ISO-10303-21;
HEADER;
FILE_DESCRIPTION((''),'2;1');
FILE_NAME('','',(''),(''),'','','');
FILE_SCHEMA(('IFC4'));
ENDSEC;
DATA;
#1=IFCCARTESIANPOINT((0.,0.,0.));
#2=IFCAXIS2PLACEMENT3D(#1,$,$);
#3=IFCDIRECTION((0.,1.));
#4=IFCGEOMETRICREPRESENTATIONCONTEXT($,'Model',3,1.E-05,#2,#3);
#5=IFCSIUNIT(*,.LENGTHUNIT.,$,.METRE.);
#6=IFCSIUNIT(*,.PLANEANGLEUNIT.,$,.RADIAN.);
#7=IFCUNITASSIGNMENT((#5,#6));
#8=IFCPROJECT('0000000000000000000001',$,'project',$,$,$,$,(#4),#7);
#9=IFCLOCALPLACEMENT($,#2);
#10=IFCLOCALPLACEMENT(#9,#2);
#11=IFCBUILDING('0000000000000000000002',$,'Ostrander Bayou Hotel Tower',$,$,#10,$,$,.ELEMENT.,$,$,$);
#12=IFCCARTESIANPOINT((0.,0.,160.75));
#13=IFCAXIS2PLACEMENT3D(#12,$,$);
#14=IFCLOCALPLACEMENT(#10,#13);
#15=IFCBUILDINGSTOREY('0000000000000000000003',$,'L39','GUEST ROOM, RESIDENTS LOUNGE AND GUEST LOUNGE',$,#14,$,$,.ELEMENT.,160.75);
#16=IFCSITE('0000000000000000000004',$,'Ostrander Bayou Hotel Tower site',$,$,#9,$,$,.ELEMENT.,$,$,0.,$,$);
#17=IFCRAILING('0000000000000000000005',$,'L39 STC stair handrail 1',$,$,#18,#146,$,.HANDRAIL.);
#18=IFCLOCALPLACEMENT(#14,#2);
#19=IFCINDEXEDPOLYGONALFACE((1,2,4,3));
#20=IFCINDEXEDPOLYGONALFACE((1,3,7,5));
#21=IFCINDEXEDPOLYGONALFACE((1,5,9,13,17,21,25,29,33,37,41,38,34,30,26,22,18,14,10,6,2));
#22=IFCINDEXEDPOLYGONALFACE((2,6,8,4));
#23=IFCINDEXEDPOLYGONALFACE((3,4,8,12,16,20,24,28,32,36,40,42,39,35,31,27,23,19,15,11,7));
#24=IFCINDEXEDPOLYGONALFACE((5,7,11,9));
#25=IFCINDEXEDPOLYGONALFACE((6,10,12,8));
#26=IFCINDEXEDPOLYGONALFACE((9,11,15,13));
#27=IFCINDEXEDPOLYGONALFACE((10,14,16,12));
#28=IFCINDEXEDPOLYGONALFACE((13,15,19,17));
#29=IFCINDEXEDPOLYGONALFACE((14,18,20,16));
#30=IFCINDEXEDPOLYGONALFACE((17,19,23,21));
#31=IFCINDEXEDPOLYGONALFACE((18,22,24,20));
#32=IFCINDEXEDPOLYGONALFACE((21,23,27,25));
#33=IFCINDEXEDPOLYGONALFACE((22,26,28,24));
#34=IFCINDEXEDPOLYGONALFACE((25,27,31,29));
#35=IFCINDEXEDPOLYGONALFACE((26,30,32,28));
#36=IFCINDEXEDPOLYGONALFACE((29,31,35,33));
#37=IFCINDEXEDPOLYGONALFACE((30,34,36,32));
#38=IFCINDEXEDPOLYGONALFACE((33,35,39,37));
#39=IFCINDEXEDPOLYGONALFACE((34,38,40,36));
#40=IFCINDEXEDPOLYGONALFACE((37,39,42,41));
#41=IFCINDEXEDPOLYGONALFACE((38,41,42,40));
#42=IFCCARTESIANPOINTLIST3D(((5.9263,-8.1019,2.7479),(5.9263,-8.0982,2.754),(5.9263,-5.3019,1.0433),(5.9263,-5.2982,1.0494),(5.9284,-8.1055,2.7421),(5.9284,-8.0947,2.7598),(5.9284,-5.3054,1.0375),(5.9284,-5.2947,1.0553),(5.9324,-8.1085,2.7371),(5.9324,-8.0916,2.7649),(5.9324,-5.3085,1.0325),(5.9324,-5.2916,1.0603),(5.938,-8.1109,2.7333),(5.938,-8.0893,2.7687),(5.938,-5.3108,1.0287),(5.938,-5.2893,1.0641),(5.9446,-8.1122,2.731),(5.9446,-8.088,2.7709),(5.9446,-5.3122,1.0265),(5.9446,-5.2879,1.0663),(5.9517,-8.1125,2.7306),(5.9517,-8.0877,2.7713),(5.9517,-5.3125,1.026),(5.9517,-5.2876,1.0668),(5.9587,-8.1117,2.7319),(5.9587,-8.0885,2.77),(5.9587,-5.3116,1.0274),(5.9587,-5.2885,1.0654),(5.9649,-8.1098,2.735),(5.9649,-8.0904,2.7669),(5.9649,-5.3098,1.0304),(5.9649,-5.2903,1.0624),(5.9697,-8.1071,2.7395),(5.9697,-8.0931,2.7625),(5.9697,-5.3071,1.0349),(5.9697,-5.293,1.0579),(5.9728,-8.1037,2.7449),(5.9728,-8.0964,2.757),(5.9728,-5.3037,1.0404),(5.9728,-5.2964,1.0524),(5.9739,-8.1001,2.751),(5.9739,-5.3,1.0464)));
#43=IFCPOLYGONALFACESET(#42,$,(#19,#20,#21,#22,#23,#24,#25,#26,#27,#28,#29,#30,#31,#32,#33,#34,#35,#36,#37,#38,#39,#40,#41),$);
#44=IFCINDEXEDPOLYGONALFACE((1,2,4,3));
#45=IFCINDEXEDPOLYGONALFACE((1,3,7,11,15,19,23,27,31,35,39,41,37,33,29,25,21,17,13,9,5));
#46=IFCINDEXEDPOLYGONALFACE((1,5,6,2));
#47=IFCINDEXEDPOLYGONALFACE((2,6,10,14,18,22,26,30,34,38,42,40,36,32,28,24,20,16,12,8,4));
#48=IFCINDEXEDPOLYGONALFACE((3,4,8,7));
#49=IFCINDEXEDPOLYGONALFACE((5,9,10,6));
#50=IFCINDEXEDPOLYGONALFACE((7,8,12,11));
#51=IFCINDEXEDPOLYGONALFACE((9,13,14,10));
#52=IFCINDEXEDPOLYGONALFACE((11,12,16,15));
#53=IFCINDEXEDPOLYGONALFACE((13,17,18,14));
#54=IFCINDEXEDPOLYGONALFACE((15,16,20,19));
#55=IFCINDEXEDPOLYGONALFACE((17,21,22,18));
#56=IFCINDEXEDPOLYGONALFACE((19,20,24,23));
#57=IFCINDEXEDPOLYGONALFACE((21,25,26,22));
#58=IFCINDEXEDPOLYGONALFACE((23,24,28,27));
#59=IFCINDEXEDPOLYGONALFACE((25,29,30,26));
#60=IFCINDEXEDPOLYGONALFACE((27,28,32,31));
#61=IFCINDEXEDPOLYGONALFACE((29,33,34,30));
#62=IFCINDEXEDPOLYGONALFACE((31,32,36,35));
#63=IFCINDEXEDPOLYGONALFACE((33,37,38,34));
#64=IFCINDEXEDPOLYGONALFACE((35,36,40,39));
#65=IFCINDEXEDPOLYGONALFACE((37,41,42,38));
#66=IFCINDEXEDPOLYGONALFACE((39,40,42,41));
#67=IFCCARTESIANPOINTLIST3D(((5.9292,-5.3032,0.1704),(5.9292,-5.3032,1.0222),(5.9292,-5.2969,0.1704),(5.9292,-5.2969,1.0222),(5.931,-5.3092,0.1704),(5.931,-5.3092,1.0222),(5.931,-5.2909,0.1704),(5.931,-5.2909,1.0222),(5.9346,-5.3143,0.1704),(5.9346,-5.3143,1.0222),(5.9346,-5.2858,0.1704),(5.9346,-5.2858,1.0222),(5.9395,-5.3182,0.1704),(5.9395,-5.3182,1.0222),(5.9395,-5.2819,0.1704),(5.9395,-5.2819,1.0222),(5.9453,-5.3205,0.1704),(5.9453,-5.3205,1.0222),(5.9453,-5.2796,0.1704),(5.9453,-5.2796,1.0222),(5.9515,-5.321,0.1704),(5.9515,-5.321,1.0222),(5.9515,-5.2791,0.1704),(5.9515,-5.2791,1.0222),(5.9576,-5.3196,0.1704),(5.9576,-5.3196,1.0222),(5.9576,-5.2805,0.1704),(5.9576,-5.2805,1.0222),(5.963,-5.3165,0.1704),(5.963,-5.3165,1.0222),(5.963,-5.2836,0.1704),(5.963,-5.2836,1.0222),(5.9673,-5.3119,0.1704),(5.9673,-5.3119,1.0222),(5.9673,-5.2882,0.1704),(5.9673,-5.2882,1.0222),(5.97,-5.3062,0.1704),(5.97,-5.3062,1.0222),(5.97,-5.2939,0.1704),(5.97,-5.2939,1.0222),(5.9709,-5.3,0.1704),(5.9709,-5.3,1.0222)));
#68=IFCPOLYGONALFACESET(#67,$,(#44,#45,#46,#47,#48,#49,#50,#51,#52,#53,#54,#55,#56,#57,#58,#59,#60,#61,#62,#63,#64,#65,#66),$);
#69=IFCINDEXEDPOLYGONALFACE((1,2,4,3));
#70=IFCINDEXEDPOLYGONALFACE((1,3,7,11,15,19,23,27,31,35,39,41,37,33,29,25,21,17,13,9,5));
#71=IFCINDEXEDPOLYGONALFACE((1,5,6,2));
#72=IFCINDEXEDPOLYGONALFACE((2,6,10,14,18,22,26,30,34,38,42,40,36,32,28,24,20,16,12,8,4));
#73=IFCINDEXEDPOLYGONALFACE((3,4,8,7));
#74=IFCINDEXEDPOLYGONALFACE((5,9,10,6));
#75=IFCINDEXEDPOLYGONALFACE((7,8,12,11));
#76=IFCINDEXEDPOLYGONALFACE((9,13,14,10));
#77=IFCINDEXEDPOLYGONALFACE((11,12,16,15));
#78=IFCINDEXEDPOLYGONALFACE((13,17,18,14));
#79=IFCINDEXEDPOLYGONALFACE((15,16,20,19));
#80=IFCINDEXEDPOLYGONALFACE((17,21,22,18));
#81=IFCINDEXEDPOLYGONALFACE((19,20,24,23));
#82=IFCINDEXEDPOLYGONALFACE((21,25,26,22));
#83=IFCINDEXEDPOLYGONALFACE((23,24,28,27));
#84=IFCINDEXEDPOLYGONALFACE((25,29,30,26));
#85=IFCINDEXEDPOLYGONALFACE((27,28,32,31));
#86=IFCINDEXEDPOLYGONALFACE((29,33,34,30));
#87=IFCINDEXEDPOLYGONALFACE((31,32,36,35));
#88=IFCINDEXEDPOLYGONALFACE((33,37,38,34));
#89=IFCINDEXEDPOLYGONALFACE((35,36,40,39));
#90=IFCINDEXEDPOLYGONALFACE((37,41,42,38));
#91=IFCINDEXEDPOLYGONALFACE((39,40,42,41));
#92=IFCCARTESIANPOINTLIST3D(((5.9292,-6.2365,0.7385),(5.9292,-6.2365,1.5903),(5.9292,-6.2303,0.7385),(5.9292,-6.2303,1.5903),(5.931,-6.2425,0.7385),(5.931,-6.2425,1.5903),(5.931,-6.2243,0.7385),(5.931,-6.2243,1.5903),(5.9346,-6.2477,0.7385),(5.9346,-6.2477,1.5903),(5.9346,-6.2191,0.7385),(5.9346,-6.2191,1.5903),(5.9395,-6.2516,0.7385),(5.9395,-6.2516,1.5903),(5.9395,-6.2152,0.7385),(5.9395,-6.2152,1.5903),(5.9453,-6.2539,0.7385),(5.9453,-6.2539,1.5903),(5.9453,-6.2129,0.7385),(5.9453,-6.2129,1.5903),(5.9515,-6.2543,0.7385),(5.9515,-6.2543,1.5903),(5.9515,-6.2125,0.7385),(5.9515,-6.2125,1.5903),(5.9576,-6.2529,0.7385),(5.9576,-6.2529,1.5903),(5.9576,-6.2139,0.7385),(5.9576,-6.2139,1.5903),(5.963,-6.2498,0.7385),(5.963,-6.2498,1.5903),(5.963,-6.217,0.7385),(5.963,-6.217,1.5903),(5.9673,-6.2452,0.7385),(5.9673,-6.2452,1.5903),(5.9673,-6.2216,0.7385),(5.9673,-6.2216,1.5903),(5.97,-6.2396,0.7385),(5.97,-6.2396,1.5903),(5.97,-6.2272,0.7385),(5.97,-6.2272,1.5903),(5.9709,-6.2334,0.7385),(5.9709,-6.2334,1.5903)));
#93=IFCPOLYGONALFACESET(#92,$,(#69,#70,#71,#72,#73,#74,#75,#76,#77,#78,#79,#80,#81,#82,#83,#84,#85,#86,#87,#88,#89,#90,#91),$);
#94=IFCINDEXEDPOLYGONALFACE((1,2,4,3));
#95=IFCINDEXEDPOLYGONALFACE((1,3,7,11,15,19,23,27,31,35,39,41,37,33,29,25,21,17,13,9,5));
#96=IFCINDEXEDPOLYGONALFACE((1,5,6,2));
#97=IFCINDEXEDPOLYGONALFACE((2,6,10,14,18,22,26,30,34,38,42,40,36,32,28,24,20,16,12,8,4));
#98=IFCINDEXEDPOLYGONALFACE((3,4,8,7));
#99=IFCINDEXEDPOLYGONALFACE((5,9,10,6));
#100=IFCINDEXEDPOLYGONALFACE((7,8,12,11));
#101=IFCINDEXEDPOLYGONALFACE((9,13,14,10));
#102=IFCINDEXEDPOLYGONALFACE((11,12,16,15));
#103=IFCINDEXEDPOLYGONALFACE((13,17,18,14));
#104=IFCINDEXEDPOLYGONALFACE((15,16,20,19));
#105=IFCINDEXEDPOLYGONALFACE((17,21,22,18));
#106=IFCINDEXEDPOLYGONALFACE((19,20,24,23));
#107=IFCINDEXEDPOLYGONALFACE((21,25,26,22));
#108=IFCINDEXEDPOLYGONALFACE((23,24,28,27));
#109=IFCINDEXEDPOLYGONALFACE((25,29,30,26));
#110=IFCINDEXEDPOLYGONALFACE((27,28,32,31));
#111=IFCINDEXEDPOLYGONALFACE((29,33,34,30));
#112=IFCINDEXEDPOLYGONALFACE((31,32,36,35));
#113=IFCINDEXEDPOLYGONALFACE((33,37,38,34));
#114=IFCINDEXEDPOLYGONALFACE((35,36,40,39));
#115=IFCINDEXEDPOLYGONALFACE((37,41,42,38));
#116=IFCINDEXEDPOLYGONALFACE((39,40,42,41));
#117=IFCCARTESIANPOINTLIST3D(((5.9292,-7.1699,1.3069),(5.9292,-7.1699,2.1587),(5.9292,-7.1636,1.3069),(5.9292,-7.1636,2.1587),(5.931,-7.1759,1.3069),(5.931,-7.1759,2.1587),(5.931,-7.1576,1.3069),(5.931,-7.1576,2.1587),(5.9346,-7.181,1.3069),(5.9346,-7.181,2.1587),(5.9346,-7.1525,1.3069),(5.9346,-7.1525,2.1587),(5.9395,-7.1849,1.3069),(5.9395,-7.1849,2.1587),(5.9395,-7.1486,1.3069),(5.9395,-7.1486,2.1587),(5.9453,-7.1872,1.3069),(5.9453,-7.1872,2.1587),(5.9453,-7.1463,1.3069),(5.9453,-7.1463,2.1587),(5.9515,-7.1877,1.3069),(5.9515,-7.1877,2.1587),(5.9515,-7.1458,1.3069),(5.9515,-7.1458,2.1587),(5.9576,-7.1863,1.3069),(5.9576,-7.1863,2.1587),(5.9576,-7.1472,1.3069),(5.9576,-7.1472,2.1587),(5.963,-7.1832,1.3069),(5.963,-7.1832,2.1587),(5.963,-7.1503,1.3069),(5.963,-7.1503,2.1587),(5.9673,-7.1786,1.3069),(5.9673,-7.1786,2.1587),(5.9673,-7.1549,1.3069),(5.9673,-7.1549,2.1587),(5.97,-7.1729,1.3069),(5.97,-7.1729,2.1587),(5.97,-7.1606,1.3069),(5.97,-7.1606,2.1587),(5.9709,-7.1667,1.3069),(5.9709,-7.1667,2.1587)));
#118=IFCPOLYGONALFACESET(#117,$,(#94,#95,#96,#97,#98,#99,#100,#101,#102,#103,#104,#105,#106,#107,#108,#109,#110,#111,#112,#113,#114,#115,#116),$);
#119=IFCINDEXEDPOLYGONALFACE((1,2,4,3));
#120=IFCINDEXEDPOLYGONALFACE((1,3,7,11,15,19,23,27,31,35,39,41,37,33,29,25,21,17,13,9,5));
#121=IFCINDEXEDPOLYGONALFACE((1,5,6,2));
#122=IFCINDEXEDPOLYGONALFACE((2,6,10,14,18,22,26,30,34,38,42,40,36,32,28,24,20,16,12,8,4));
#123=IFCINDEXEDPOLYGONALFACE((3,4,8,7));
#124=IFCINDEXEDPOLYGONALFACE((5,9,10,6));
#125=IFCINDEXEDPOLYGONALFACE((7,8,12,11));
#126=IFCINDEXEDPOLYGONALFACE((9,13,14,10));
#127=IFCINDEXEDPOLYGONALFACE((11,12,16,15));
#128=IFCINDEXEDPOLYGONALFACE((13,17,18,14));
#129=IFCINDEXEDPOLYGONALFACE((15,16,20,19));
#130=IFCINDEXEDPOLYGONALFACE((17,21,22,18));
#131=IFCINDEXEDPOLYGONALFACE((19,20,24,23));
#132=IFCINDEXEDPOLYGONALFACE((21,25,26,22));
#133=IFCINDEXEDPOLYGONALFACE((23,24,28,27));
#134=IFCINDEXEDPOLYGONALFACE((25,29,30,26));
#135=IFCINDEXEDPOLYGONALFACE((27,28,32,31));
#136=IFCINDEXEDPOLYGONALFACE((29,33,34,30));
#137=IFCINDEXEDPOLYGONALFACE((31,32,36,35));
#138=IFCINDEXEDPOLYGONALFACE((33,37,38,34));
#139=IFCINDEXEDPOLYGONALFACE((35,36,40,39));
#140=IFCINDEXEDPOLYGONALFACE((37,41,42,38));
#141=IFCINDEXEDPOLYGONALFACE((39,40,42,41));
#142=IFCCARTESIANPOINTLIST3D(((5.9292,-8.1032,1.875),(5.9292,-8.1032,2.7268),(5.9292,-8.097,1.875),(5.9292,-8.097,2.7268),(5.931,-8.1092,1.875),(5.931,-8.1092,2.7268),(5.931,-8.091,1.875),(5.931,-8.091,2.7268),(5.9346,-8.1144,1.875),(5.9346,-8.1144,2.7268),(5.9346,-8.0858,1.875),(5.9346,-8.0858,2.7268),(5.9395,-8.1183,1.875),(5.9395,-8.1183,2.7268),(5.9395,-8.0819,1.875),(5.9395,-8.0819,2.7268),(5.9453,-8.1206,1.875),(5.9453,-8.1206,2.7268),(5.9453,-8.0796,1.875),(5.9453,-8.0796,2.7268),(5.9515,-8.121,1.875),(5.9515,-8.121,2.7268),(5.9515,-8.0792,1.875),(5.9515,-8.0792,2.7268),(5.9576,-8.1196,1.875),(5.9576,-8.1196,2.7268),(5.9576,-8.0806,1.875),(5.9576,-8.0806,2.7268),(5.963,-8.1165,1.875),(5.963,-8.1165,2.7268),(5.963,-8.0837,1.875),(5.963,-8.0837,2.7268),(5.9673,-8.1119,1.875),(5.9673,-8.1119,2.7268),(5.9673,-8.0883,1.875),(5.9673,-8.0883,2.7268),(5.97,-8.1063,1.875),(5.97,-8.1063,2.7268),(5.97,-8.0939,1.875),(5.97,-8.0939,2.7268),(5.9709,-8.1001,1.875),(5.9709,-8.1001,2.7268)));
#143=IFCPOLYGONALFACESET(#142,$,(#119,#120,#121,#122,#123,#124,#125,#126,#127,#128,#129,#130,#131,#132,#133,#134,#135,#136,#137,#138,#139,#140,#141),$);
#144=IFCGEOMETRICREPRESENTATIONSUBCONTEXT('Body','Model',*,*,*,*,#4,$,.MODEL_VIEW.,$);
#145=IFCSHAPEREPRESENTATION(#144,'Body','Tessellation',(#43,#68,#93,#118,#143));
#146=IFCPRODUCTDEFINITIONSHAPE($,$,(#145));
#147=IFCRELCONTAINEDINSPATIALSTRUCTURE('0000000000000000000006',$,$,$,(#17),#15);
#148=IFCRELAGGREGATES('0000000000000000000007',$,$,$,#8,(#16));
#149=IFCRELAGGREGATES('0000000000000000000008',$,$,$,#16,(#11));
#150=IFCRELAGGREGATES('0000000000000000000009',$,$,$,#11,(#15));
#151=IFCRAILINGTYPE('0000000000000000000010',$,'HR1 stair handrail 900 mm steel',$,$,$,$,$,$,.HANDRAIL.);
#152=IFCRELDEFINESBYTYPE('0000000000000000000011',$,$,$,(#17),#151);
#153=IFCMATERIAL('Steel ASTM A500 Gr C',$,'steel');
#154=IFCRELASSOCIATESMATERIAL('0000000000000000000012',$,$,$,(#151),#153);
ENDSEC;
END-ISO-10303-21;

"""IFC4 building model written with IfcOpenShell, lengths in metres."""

from ifc_helpers import new_model, si_unit, direction, frame, origin, origin_2d, place, context, subcontext, project, spatial, circle, extrude, material, type_object, element, save


model = new_model("IFC4")

# Units and contexts
model_context = context("Model", 3, precision=1e-05, world=origin(), true_north=direction((0.0, 1.0)))
body_context = subcontext(model_context, "Body", "Model", "MODEL_VIEW")
ifc_project = project(units=[si_unit("LENGTHUNIT", "METRE"), si_unit("PLANEANGLEUNIT", "RADIAN")], contexts=[model_context])

# Site, building, storey
site_placement = place(None, origin())
site = spatial("IfcSite", under=ifc_project, at=site_placement, Name="Ostrander Bayou Hotel Tower site", CompositionType="ELEMENT", RefElevation=0.0)
building_placement = place(site_placement, origin())
building = spatial("IfcBuilding", under=site, at=building_placement, Name="Ostrander Bayou Hotel Tower", CompositionType="ELEMENT")
storey_placement = place(building_placement, frame((0.0, 0.0, 160.75)))
storey = spatial("IfcBuildingStorey", under=building, at=storey_placement, Name="L39", Description="GUEST ROOM, RESIDENTS LOUNGE AND GUEST LOUNGE", CompositionType="ELEMENT", Elevation=160.75)

# Railing
ifc_material_1 = material(Name="Steel ASTM A500 Gr C", Category="steel")
railing_type_1 = type_object("IfcRailingType", Name="HR1 stair handrail 900 mm steel", PredefinedType="HANDRAIL", material=ifc_material_1)
railing_1_placement = place(storey_placement, frame((5.95, -5.3, 0.1704)))
element("IfcRailing", 1, at=railing_1_placement, inside=storey, type_object=railing_type_1, Name="L39 STC stair handrail 1", PredefinedType="HANDRAIL", context=body_context, shape_type="SweptSolid", body=[
    extrude(circle(Radius=0.0239, at=origin_2d()), frame((0.0, 0.0, 0.876), z_axis=(0.0, -0.85417, 0.519994), x_axis=(1.0, 0.0, 0.0)), (0.0, 0.0, 1.0), 3.2781),
    extrude(circle(Radius=0.021, at=origin_2d()), origin(), (0.0, 0.0, 1.0), 0.8518),
    extrude(circle(Radius=0.021, at=origin_2d()), frame((0.0, -0.9333, 0.5681)), (0.0, 0.0, 1.0), 0.8518),
    extrude(circle(Radius=0.021, at=origin_2d()), frame((0.0, -1.8667, 1.1365)), (0.0, 0.0, 1.0), 0.8518),
    extrude(circle(Radius=0.021, at=origin_2d()), frame((0.0, -2.8, 1.7046)), (0.0, 0.0, 1.0), 0.8518),
])

save(model, "model.ifc")
